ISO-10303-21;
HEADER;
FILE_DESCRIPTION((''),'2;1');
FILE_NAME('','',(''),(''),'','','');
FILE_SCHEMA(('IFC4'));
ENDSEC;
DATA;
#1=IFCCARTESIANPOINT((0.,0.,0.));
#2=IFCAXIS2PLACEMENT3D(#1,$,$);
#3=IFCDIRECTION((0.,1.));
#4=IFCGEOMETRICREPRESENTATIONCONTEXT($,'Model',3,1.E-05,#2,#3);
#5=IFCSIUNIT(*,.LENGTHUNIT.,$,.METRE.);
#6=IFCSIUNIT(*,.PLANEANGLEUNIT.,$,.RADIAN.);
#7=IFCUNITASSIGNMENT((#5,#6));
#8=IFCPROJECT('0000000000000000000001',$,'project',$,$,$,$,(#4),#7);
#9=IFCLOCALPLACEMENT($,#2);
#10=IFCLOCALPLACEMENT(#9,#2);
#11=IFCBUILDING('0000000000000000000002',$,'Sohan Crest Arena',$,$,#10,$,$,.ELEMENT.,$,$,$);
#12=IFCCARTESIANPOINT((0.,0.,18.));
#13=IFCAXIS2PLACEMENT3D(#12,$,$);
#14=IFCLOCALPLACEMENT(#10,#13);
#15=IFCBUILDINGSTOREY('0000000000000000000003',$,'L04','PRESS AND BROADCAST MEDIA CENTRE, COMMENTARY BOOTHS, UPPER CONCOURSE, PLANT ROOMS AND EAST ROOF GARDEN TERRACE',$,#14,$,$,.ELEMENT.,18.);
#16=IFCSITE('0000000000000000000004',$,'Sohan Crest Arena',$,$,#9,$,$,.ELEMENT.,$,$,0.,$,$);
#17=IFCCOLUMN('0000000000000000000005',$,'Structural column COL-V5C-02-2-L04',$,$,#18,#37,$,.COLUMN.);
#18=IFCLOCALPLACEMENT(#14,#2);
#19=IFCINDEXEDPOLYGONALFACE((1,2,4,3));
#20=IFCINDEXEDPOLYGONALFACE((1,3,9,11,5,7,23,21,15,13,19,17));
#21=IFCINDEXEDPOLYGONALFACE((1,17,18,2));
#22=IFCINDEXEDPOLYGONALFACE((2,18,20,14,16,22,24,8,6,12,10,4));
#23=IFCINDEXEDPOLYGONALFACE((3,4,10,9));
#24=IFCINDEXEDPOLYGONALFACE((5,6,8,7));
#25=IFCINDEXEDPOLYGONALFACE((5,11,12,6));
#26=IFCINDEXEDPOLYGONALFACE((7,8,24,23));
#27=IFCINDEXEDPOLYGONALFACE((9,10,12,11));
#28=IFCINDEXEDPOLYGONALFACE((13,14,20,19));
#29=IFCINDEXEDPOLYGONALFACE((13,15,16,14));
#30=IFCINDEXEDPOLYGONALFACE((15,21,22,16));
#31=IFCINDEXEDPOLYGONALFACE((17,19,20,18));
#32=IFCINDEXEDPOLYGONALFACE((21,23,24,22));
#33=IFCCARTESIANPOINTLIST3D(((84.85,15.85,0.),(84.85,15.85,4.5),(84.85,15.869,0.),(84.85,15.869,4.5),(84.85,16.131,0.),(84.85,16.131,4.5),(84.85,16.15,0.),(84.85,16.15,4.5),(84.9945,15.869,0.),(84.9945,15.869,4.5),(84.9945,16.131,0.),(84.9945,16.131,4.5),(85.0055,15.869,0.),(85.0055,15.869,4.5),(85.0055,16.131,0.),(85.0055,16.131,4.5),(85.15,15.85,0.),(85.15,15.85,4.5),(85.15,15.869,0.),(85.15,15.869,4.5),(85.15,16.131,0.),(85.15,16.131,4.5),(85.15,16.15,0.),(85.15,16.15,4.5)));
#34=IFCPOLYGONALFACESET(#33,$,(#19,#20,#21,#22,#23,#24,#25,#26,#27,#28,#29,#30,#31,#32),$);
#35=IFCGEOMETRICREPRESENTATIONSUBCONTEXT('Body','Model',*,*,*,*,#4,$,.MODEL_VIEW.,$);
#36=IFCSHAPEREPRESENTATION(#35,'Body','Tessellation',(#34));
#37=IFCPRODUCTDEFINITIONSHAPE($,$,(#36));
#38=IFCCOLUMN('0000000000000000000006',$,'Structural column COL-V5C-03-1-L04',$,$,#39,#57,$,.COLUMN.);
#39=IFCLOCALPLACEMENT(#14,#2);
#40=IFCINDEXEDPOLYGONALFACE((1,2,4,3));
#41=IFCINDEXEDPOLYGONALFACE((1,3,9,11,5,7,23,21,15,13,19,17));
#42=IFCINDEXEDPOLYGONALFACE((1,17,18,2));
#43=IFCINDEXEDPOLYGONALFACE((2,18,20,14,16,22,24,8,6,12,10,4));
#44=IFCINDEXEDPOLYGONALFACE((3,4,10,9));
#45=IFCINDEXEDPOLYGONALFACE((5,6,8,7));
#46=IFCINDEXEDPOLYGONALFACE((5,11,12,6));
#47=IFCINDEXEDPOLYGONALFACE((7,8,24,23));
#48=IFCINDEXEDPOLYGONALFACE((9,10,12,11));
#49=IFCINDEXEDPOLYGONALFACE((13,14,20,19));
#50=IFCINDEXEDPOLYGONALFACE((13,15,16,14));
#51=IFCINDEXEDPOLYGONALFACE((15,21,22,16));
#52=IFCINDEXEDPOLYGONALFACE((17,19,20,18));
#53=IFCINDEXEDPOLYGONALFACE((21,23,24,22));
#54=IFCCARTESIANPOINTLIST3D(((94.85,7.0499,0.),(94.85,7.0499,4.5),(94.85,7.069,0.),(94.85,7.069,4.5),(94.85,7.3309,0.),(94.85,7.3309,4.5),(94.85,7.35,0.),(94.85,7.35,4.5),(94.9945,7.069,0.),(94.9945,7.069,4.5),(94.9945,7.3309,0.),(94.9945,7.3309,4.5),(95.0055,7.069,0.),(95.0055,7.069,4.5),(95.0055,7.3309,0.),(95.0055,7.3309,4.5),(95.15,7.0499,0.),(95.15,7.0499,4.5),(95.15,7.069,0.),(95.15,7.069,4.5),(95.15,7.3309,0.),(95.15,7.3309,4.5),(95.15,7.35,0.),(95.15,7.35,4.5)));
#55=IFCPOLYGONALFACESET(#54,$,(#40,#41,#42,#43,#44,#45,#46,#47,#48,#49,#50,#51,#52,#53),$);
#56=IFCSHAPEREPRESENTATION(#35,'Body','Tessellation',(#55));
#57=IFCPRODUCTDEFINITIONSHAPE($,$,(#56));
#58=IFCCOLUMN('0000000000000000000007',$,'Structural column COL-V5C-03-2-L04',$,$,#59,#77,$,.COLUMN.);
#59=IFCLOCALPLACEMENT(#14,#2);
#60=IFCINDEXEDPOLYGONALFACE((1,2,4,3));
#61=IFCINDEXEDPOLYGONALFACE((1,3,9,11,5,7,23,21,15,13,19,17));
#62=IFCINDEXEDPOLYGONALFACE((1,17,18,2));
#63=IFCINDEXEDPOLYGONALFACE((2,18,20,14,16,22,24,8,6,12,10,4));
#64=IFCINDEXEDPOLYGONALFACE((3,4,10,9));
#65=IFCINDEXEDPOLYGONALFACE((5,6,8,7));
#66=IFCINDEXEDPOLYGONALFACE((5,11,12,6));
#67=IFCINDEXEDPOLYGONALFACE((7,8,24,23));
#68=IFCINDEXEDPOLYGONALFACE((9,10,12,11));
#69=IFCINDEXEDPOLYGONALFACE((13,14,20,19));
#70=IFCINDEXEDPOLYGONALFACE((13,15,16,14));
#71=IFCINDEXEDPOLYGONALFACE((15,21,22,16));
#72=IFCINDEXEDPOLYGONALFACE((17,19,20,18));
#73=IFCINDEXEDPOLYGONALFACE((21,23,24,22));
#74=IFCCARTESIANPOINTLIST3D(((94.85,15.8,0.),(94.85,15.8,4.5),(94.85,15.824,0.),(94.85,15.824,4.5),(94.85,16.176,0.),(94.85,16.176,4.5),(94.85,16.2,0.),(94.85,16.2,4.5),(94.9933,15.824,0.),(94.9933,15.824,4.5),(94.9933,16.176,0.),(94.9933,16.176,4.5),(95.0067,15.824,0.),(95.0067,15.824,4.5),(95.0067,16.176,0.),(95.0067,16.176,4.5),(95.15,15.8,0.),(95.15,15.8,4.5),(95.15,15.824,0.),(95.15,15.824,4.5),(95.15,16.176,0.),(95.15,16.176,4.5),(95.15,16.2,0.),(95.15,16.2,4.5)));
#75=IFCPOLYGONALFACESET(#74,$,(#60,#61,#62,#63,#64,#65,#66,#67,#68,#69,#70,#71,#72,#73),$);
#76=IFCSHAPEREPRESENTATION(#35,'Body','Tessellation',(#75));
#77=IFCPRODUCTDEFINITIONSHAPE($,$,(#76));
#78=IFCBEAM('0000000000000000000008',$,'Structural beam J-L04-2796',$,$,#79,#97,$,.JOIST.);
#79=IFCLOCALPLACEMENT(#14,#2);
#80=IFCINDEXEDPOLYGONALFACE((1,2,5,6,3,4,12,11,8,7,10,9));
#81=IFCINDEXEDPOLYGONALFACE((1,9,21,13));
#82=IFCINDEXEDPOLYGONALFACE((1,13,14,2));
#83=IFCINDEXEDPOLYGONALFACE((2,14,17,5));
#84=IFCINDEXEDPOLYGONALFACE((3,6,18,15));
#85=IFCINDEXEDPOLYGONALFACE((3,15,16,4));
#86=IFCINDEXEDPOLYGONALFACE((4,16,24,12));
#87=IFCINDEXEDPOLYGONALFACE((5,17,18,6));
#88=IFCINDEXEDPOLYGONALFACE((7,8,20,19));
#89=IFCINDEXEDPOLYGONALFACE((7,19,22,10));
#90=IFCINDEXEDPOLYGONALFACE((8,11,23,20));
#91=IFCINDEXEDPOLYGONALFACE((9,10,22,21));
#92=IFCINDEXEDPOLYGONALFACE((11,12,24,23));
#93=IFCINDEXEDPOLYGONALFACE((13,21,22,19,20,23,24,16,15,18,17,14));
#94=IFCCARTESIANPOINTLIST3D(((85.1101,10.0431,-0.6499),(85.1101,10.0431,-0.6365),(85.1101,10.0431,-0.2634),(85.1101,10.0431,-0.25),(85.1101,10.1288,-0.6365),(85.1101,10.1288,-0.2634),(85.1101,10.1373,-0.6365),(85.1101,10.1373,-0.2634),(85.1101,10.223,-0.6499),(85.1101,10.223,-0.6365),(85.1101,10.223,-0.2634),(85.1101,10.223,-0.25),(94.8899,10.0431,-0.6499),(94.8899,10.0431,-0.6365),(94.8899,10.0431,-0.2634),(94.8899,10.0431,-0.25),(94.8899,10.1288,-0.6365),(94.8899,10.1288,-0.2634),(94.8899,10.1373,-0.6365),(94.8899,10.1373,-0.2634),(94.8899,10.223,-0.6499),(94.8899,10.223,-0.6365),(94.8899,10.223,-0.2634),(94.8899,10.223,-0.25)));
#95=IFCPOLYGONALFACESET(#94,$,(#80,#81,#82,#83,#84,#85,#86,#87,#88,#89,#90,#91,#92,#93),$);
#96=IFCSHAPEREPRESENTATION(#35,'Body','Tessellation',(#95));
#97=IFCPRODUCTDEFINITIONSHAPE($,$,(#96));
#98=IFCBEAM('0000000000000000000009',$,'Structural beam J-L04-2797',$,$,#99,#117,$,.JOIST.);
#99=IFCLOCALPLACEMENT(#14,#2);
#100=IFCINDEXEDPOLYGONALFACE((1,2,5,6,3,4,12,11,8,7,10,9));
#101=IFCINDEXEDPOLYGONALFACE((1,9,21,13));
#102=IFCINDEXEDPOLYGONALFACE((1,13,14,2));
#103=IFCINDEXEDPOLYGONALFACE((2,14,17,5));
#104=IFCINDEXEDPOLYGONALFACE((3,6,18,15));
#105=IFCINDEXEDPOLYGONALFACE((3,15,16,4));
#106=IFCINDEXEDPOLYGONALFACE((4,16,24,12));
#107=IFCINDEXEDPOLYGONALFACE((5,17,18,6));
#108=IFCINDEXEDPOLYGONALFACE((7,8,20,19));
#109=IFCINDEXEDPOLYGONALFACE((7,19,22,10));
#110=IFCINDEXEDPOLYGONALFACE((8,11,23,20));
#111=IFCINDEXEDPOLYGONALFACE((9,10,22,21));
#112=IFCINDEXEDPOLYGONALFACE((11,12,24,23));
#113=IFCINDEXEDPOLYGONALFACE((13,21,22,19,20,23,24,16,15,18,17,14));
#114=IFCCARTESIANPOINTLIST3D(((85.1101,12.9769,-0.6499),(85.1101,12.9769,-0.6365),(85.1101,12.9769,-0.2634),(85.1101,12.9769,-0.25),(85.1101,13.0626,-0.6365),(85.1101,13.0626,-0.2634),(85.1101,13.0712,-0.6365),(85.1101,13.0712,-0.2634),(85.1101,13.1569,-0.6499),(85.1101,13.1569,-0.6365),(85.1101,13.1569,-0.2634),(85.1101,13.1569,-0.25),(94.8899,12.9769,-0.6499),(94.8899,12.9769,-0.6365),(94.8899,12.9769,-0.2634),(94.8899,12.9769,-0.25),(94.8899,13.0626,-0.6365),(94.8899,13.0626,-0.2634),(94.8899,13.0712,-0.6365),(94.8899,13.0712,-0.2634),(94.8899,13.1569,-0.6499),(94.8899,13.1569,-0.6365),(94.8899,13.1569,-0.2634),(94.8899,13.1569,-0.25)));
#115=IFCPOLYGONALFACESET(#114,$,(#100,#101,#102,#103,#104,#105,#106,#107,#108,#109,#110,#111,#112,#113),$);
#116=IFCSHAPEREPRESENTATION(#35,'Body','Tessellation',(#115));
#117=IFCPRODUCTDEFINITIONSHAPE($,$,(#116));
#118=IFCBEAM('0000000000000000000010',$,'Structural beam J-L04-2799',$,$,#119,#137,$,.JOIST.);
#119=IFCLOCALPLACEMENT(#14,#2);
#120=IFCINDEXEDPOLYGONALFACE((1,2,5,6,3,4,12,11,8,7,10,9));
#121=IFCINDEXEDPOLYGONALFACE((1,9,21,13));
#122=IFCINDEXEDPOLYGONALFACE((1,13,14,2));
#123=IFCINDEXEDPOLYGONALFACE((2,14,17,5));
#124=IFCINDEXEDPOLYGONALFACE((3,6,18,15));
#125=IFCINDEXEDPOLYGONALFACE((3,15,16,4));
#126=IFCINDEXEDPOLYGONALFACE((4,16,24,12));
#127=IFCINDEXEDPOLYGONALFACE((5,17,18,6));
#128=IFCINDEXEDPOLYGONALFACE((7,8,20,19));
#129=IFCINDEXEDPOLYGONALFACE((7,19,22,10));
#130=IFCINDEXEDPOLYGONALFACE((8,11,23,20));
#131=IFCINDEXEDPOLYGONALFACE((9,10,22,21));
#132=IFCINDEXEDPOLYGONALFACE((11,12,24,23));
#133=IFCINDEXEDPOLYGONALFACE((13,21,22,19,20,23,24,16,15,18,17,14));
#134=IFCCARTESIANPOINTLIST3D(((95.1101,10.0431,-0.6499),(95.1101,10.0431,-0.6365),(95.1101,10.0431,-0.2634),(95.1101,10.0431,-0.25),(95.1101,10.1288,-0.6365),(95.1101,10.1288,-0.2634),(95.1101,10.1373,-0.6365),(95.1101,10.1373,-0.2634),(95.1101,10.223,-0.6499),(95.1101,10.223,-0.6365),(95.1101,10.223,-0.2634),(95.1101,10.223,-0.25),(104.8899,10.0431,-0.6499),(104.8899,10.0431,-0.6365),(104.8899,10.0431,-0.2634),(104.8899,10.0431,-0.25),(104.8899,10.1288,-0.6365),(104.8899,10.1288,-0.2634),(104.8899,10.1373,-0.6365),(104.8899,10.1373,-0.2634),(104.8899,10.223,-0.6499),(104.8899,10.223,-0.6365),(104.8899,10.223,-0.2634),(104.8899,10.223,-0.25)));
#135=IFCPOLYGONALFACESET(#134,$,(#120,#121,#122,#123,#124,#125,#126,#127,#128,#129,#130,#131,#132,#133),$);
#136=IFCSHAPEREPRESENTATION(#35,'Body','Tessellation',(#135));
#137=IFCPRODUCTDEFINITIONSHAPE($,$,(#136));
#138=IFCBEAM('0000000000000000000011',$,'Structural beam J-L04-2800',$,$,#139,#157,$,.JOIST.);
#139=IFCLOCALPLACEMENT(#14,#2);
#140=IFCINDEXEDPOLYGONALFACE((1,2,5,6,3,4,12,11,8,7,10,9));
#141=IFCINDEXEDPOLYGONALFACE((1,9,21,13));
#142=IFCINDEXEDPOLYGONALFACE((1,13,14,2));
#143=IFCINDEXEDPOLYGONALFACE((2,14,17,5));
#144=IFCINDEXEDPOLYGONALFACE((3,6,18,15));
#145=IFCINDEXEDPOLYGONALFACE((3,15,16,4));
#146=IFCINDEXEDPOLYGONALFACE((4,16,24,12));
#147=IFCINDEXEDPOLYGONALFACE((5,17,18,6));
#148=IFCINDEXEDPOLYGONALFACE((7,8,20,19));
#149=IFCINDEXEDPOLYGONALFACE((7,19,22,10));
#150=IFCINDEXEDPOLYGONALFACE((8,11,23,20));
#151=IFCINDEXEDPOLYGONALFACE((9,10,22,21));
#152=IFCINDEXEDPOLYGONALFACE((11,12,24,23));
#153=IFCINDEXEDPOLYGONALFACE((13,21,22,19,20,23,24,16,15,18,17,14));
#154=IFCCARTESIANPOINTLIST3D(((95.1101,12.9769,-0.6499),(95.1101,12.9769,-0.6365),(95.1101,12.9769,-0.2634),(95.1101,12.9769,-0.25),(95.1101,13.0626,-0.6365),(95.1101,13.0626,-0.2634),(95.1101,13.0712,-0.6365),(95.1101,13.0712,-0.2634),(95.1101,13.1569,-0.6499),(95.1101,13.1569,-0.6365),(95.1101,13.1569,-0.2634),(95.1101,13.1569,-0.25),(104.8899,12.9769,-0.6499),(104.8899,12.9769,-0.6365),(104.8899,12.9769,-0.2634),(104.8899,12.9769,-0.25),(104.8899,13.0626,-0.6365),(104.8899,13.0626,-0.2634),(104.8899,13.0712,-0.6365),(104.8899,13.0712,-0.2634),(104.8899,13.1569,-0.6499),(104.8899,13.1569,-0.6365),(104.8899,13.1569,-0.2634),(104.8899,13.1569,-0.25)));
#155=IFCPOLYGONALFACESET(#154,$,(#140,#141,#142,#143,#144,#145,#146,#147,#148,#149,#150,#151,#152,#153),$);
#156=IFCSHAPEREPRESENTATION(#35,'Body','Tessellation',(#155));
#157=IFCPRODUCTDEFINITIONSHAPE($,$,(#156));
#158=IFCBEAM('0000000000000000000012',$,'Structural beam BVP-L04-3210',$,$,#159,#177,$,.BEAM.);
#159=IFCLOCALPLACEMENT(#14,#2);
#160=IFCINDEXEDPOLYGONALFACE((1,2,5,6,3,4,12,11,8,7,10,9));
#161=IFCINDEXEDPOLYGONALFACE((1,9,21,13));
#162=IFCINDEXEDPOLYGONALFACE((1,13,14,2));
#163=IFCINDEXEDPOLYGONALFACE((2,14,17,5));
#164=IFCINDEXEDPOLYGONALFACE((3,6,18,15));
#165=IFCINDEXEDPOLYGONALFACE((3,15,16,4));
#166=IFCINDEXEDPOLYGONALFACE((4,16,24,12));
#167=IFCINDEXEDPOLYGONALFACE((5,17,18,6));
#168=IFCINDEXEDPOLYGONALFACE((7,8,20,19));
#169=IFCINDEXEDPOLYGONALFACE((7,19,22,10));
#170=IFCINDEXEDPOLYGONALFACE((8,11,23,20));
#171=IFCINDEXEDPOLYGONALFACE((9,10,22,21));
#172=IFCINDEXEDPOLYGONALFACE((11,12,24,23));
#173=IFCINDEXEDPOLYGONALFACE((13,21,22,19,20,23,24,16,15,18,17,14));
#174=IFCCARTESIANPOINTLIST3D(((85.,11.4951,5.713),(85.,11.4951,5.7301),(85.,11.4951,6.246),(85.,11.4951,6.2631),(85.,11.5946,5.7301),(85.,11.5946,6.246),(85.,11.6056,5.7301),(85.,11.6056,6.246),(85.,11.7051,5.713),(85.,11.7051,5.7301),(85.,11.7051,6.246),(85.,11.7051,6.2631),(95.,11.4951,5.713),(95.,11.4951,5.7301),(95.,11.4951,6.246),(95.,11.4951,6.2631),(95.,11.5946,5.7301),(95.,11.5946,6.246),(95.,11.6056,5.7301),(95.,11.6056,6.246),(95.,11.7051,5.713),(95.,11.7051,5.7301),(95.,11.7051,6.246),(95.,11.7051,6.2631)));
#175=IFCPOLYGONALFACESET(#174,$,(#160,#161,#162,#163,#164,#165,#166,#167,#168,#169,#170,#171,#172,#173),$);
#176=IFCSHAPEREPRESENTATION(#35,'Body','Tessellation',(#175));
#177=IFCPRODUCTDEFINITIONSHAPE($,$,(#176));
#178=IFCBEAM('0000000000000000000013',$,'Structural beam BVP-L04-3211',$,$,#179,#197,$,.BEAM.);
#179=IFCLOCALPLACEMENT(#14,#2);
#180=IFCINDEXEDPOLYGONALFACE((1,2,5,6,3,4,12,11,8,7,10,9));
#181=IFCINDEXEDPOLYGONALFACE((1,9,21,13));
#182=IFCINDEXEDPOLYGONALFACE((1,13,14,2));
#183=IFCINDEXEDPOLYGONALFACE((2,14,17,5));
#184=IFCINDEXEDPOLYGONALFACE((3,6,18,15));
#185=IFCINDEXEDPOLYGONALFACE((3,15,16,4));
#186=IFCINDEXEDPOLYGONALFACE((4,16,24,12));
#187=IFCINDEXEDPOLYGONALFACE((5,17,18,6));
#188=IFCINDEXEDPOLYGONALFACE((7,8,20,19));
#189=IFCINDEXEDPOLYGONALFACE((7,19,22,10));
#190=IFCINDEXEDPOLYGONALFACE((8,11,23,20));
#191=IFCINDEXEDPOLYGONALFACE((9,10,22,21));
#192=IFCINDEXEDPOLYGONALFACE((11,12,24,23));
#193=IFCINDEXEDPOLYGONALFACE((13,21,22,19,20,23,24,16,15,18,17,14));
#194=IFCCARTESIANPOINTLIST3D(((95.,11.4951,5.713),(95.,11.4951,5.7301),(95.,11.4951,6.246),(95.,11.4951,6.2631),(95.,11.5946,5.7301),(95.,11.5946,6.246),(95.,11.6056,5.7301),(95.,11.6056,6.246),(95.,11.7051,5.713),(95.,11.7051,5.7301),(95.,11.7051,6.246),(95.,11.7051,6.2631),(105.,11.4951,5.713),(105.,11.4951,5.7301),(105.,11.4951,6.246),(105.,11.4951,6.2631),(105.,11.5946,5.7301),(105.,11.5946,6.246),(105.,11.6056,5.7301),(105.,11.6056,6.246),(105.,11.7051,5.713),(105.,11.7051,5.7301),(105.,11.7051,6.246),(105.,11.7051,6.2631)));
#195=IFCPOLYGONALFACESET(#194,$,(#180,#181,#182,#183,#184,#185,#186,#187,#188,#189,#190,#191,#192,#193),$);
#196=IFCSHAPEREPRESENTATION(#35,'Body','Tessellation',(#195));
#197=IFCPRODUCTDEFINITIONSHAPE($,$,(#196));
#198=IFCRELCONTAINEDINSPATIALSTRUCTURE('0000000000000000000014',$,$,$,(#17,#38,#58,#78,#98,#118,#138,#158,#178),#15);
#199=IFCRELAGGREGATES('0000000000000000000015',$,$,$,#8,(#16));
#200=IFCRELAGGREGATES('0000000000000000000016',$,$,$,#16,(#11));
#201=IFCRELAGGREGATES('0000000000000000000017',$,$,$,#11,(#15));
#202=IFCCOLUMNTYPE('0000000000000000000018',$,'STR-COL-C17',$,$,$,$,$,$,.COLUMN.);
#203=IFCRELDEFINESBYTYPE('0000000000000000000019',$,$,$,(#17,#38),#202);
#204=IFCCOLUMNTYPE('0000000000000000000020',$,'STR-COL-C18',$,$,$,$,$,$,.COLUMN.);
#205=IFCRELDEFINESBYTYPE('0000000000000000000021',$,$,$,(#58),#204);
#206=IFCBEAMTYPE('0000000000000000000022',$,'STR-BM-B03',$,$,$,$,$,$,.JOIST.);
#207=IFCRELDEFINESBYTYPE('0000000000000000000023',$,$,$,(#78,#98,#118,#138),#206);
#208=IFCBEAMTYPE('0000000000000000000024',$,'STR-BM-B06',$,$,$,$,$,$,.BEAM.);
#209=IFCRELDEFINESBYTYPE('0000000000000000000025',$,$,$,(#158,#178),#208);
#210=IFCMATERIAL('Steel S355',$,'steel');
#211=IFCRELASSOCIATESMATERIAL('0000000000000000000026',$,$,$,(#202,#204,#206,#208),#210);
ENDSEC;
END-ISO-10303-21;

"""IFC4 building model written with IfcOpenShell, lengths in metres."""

from ifc_helpers import new_model, si_unit, direction, frame, origin, origin_2d, place, context, subcontext, project, spatial, i_section, extrude, material, material_profile, profile_set, type_object, element, save


model = new_model("IFC4")

# Units and contexts
model_context = context("Model", 3, precision=1e-05, world=origin(), true_north=direction((0.0, 1.0)))
body_context = subcontext(model_context, "Body", "Model", "MODEL_VIEW")
ifc_project = project(units=[si_unit("LENGTHUNIT", "METRE"), si_unit("PLANEANGLEUNIT", "RADIAN")], contexts=[model_context])

# Site, building, storey
site_placement = place(None, origin())
site = spatial("IfcSite", under=ifc_project, at=site_placement, Name="Sohan Crest Arena", CompositionType="ELEMENT", RefElevation=0.0)
building_placement = place(site_placement, origin())
building = spatial("IfcBuilding", under=site, at=building_placement, Name="Sohan Crest Arena", CompositionType="ELEMENT")
storey_placement = place(building_placement, frame((0.0, 0.0, 18.0)))
storey = spatial("IfcBuildingStorey", under=building, at=storey_placement, Name="L04", Description="PRESS AND BROADCAST MEDIA CENTRE, COMMENTARY BOOTHS, UPPER CONCOURSE, PLANT ROOMS AND EAST ROOF GARDEN TERRACE", CompositionType="ELEMENT", Elevation=18.0)

# Columns
ifc_material_1 = material(Name="Steel S355", Category="steel")
ifc_material_profile_1 = material_profile(ifc_material_1, i_section(OverallWidth=0.3, OverallDepth=0.3, WebThickness=0.011, FlangeThickness=0.019, at=origin_2d()), Name="HEB 300")
ifc_profile_set_1 = profile_set([ifc_material_profile_1], Name="Steel S355")
column_type_1 = type_object("IfcColumnType", Name="STR-COL-C17", PredefinedType="COLUMN", material=ifc_profile_set_1)
for number, where, z_axis, x_axis, name in (
    (1, (85.0, 16.0, 0.0), (0.0, 0.0, 1.0), (1.0, 0.0, 0.0), "Structural column COL-V5C-02-2-L04"),
    (2, (95.0, 7.2, 0.0), (0.0, 0.0, 1.0), (1.0, 0.0, 0.0), "Structural column COL-V5C-03-1-L04"),
):
    element("IfcColumn", number, at=place(storey_placement, frame(where, z_axis=z_axis, x_axis=x_axis)), inside=storey, type_object=column_type_1, Name=name, PredefinedType="COLUMN", context=body_context, shape_type="SweptSolid", body=[
        extrude(i_section(OverallWidth=0.3, OverallDepth=0.3, WebThickness=0.011, FlangeThickness=0.019, at=origin_2d()), origin(), (0.0, 0.0, 1.0), 4.5),
    ])
ifc_material_profile_2 = material_profile(ifc_material_1, i_section(OverallWidth=0.3, OverallDepth=0.3999, WebThickness=0.0134, FlangeThickness=0.0239, at=origin_2d()), Name="HEB 400")
ifc_profile_set_2 = profile_set([ifc_material_profile_2], Name="Steel S355")
column_type_2 = type_object("IfcColumnType", Name="STR-COL-C18", PredefinedType="COLUMN", material=ifc_profile_set_2)
column_placement = place(storey_placement, frame((95.0, 16.0, 0.0), z_axis=(0.0, 0.0, 1.0), x_axis=(1.0, 0.0, 0.0)))
element("IfcColumn", 3, at=column_placement, inside=storey, type_object=column_type_2, Name="Structural column COL-V5C-03-2-L04", PredefinedType="COLUMN", context=body_context, shape_type="SweptSolid", body=[
    extrude(i_section(OverallWidth=0.3, OverallDepth=0.3999, WebThickness=0.0134, FlangeThickness=0.0239, at=origin_2d()), origin(), (0.0, 0.0, 1.0), 4.5),
])

# Beams
ifc_material_profile_3 = material_profile(ifc_material_1, i_section(OverallWidth=0.1799, OverallDepth=0.3999, WebThickness=0.0085, FlangeThickness=0.0134, at=origin_2d()), Name="IPE 400")
ifc_profile_set_3 = profile_set([ifc_material_profile_3], Name="Steel S355")
beam_type_1 = type_object("IfcBeamType", Name="STR-BM-B03", PredefinedType="JOIST", material=ifc_profile_set_3)
for number, where, z_axis, x_axis, name in (
    (4, (85.1101, 10.1331, -0.45), (1.0, 0.0, 0.0), (0.0, 1.0, 0.0), "Structural beam J-L04-2796"),
    (5, (85.1101, 13.0669, -0.45), (1.0, 0.0, 0.0), (0.0, 1.0, 0.0), "Structural beam J-L04-2797"),
    (6, (95.1101, 10.1331, -0.45), (1.0, 0.0, 0.0), (0.0, 1.0, 0.0), "Structural beam J-L04-2799"),
    (7, (95.1101, 13.0669, -0.45), (1.0, 0.0, 0.0), (0.0, 1.0, 0.0), "Structural beam J-L04-2800"),
):
    element("IfcBeam", number, at=place(storey_placement, frame(where, z_axis=z_axis, x_axis=x_axis)), inside=storey, type_object=beam_type_1, Name=name, PredefinedType="JOIST", context=body_context, shape_type="SweptSolid", body=[
        extrude(i_section(OverallWidth=0.1799, OverallDepth=0.3999, WebThickness=0.0085, FlangeThickness=0.0134, at=origin_2d()), origin(), (0.0, 0.0, 1.0), 9.7798),
    ])
ifc_material_profile_4 = material_profile(ifc_material_1, i_section(OverallWidth=0.21, OverallDepth=0.55, WebThickness=0.011, FlangeThickness=0.0171, at=origin_2d()), Name="IPE 550")
ifc_profile_set_4 = profile_set([ifc_material_profile_4], Name="Steel S355")
beam_type_2 = type_object("IfcBeamType", Name="STR-BM-B06", PredefinedType="BEAM", material=ifc_profile_set_4)
for number, where, z_axis, x_axis, name in (
    (8, (85.0, 11.6001, 5.988), (1.0, 0.0, 0.0), (0.0, 1.0, 0.0), "Structural beam BVP-L04-3210"),
    (9, (95.0, 11.6001, 5.988), (1.0, 0.0, 0.0), (0.0, 1.0, 0.0), "Structural beam BVP-L04-3211"),
):
    element("IfcBeam", number, at=place(storey_placement, frame(where, z_axis=z_axis, x_axis=x_axis)), inside=storey, type_object=beam_type_2, Name=name, PredefinedType="BEAM", context=body_context, shape_type="SweptSolid", body=[
        extrude(i_section(OverallWidth=0.21, OverallDepth=0.55, WebThickness=0.011, FlangeThickness=0.0171, at=origin_2d()), origin(), (0.0, 0.0, 1.0), 10.0),
    ])

save(model, "model.ifc")
